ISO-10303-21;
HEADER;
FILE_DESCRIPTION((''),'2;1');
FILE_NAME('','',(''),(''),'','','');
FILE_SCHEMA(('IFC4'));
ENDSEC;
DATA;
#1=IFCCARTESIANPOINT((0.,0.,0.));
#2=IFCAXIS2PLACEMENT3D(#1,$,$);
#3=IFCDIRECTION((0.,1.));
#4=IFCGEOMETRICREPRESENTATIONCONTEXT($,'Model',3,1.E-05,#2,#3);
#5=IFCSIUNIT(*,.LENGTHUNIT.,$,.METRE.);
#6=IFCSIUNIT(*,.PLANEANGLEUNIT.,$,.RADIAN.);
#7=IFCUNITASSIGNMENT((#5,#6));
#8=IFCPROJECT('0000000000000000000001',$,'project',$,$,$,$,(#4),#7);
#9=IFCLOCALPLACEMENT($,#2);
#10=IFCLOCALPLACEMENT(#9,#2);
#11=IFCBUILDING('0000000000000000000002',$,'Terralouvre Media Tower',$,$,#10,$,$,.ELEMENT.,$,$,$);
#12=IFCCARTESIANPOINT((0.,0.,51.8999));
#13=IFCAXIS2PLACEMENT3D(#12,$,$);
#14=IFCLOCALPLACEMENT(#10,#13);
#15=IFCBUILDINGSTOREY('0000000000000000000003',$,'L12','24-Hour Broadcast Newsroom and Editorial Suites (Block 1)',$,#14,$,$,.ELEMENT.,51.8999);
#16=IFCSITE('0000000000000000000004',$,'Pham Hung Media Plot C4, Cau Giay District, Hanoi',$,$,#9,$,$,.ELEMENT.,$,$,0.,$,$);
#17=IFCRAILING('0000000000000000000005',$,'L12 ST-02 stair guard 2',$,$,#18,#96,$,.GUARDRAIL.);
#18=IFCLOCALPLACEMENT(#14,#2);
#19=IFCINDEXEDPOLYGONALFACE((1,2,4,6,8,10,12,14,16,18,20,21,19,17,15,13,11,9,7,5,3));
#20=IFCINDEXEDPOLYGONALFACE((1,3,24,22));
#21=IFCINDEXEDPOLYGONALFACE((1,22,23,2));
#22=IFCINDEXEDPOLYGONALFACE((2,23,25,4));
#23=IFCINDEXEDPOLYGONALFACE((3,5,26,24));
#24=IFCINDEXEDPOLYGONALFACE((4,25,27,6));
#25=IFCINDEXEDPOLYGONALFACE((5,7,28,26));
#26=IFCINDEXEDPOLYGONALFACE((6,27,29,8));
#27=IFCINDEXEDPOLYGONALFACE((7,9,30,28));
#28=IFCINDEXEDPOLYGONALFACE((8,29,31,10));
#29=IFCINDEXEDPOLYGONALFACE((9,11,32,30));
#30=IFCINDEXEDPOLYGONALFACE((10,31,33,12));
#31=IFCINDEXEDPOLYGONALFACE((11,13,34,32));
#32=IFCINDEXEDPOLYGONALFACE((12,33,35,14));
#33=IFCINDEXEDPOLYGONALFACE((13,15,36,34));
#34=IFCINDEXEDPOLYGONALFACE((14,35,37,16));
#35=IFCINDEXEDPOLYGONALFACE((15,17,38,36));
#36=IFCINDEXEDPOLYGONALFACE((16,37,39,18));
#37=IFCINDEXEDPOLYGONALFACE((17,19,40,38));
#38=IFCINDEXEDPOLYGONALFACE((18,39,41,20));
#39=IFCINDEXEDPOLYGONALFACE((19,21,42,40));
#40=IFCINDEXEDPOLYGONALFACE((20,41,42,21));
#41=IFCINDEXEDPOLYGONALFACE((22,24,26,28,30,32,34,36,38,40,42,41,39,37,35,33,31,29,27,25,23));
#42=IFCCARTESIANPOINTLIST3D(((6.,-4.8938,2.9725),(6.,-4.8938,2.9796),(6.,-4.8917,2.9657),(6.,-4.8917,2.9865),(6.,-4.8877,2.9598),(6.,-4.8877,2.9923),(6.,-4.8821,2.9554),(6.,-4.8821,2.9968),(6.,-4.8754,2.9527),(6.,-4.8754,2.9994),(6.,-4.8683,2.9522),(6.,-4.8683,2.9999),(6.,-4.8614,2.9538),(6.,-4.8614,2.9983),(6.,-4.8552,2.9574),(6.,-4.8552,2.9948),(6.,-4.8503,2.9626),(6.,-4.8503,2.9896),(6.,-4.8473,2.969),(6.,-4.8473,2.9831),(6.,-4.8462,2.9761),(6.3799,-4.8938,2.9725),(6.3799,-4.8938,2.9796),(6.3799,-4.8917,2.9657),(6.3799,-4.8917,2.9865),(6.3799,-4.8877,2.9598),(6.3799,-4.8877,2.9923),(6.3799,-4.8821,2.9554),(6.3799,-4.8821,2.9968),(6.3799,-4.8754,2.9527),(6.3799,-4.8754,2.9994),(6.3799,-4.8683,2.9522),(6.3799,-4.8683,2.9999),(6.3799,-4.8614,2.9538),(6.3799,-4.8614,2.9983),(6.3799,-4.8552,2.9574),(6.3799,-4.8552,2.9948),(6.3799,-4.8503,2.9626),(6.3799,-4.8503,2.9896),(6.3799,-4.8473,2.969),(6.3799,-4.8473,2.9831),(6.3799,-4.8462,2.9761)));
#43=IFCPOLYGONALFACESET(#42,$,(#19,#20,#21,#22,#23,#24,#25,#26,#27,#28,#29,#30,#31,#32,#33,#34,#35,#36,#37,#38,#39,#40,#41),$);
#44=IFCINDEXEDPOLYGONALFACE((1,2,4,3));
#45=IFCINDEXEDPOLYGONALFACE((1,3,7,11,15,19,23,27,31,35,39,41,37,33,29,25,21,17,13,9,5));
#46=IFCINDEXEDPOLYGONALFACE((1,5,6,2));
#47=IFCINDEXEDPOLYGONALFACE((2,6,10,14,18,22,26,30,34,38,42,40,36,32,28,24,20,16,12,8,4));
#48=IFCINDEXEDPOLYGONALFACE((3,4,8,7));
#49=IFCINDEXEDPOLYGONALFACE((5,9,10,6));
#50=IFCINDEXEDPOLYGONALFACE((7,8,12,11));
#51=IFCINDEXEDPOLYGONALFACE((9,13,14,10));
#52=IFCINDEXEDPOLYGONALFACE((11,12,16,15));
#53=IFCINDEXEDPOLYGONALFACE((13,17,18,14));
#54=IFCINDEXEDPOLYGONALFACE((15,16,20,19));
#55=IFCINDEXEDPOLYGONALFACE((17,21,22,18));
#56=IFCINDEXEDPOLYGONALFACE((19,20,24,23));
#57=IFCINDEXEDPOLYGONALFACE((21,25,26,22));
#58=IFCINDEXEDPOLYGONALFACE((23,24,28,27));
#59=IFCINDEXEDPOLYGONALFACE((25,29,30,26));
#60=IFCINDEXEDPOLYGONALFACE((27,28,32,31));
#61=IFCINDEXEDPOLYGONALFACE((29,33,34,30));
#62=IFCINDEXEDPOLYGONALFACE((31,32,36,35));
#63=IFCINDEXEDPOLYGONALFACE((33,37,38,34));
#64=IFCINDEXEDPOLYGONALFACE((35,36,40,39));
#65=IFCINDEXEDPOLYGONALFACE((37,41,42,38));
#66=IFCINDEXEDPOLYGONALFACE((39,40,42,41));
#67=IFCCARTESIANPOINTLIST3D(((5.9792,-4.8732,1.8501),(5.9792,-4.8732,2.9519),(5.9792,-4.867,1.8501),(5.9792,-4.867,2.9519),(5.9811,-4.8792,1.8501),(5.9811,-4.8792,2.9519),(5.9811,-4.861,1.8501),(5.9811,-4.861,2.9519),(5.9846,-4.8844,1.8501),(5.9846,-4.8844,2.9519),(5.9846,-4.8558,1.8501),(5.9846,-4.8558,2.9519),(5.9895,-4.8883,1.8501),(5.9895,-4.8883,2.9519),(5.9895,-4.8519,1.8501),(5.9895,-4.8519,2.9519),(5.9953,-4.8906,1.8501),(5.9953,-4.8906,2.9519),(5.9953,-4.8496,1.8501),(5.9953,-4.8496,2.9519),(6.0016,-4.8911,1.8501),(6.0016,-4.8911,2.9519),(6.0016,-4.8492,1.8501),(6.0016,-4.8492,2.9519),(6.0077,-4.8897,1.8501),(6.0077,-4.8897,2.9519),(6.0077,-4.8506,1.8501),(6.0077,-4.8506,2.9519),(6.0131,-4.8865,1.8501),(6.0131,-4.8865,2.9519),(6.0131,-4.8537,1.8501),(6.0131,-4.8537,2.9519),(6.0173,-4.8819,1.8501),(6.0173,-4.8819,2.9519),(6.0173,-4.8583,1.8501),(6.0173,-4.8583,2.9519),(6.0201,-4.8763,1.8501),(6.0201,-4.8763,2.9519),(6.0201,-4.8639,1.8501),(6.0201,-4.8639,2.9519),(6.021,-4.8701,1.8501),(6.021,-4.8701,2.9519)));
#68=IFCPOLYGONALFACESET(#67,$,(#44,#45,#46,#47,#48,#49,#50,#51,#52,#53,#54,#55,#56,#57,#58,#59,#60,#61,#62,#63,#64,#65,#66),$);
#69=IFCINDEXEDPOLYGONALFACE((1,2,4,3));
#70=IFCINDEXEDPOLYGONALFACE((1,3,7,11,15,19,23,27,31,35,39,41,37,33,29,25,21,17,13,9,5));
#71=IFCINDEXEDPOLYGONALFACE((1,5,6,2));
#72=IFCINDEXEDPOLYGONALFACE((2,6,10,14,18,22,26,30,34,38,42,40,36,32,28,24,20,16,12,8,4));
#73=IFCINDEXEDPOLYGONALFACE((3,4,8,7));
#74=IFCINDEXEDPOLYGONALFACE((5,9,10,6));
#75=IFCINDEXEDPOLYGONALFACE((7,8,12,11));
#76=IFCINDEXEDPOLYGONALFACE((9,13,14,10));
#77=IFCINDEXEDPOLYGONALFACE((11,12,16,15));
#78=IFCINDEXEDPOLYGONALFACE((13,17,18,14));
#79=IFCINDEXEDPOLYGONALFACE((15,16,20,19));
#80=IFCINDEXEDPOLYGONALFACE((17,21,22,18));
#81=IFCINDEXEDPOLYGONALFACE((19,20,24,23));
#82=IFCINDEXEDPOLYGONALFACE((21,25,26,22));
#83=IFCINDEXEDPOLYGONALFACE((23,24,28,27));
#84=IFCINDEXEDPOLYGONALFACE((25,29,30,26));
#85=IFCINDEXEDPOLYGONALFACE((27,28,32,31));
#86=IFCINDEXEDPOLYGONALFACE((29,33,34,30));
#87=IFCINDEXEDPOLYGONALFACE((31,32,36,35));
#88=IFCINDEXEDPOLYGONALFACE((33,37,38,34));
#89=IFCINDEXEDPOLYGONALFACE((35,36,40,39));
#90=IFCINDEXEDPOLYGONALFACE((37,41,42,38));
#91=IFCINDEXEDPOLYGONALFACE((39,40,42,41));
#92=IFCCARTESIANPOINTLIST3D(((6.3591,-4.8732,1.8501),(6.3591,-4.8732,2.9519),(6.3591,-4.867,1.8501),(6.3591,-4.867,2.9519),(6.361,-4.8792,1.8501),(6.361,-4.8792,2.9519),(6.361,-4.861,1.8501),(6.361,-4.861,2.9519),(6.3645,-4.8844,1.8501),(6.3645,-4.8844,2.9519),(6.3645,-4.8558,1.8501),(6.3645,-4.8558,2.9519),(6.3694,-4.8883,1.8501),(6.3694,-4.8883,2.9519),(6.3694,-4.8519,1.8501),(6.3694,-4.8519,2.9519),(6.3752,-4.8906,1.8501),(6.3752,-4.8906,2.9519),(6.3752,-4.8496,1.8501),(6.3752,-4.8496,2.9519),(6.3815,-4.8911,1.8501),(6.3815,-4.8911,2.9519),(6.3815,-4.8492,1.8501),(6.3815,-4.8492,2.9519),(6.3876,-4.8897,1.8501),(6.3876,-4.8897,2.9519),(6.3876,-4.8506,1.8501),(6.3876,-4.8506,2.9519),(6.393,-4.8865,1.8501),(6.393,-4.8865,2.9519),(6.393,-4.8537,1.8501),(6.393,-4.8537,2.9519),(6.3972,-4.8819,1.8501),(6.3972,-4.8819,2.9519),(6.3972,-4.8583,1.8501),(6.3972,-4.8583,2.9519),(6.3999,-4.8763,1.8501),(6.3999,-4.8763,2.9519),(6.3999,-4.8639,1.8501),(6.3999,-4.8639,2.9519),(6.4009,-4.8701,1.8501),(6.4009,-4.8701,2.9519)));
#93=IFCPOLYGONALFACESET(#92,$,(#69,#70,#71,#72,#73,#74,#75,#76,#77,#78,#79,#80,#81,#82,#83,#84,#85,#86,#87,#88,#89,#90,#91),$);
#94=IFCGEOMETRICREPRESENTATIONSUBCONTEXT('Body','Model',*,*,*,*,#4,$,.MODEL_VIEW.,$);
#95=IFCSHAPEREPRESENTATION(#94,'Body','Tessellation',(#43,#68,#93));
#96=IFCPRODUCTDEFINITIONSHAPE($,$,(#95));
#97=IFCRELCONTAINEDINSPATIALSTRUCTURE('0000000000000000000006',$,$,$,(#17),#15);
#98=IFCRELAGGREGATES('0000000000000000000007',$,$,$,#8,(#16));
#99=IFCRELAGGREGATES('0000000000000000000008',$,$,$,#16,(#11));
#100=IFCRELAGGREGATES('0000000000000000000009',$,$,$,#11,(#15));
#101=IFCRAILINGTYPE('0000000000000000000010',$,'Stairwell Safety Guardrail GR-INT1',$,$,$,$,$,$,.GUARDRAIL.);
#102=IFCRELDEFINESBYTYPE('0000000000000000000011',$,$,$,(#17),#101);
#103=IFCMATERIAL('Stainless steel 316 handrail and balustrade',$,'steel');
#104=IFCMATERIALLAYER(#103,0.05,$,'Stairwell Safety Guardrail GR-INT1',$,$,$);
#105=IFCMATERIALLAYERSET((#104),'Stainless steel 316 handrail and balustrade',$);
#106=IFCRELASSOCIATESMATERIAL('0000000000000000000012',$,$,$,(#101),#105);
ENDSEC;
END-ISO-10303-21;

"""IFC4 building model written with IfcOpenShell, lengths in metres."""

from ifc_helpers import new_model, si_unit, direction, frame, origin, origin_2d, place, context, subcontext, project, spatial, circle, extrude, material, layer, layer_set, type_object, element, save


model = new_model("IFC4")

# Units and contexts
model_context = context("Model", 3, precision=1e-05, world=origin(), true_north=direction((0.0, 1.0)))
body_context = subcontext(model_context, "Body", "Model", "MODEL_VIEW")
ifc_project = project(units=[si_unit("LENGTHUNIT", "METRE"), si_unit("PLANEANGLEUNIT", "RADIAN")], contexts=[model_context])

# Site, building, storey
site_placement = place(None, origin())
site = spatial("IfcSite", under=ifc_project, at=site_placement, Name="Pham Hung Media Plot C4, Cau Giay District, Hanoi", CompositionType="ELEMENT", RefElevation=0.0)
building_placement = place(site_placement, origin())
building = spatial("IfcBuilding", under=site, at=building_placement, Name="Terralouvre Media Tower", CompositionType="ELEMENT")
storey_placement = place(building_placement, frame((0.0, 0.0, 51.8999)))
storey = spatial("IfcBuildingStorey", under=building, at=storey_placement, Name="L12", Description="24-Hour Broadcast Newsroom and Editorial Suites (Block 1)", CompositionType="ELEMENT", Elevation=51.8999)

# Railing
ifc_material_1 = material(Name="Stainless steel 316 handrail and balustrade", Category="steel")
ifc_layer_1 = layer(ifc_material_1, 0.05, Name="Stairwell Safety Guardrail GR-INT1")
ifc_layer_set_1 = layer_set([ifc_layer_1], Name="Stainless steel 316 handrail and balustrade")
railing_type_1 = type_object("IfcRailingType", Name="Stairwell Safety Guardrail GR-INT1", PredefinedType="GUARDRAIL", material=ifc_layer_set_1)
railing_1_placement = place(storey_placement, frame((6.0, -4.8701, 1.8501)))
element("IfcRailing", 1, at=railing_1_placement, inside=storey, type_object=railing_type_1, Name="L12 ST-02 stair guard 2", PredefinedType="GUARDRAIL", context=body_context, shape_type="SweptSolid", body=[
    extrude(circle(Radius=0.0239, at=origin_2d()), frame((0.0, 0.0, 1.126), z_axis=(1.0, 0.0, 0.0), x_axis=(0.0, 1.0, 0.0)), (0.0, 0.0, 1.0), 0.3799),
    extrude(circle(Radius=0.021, at=origin_2d()), origin(), (0.0, 0.0, 1.0), 1.1018),
    extrude(circle(Radius=0.021, at=origin_2d()), frame((0.3799, 0.0, 0.0)), (0.0, 0.0, 1.0), 1.1018),
])

save(model, "model.ifc")
